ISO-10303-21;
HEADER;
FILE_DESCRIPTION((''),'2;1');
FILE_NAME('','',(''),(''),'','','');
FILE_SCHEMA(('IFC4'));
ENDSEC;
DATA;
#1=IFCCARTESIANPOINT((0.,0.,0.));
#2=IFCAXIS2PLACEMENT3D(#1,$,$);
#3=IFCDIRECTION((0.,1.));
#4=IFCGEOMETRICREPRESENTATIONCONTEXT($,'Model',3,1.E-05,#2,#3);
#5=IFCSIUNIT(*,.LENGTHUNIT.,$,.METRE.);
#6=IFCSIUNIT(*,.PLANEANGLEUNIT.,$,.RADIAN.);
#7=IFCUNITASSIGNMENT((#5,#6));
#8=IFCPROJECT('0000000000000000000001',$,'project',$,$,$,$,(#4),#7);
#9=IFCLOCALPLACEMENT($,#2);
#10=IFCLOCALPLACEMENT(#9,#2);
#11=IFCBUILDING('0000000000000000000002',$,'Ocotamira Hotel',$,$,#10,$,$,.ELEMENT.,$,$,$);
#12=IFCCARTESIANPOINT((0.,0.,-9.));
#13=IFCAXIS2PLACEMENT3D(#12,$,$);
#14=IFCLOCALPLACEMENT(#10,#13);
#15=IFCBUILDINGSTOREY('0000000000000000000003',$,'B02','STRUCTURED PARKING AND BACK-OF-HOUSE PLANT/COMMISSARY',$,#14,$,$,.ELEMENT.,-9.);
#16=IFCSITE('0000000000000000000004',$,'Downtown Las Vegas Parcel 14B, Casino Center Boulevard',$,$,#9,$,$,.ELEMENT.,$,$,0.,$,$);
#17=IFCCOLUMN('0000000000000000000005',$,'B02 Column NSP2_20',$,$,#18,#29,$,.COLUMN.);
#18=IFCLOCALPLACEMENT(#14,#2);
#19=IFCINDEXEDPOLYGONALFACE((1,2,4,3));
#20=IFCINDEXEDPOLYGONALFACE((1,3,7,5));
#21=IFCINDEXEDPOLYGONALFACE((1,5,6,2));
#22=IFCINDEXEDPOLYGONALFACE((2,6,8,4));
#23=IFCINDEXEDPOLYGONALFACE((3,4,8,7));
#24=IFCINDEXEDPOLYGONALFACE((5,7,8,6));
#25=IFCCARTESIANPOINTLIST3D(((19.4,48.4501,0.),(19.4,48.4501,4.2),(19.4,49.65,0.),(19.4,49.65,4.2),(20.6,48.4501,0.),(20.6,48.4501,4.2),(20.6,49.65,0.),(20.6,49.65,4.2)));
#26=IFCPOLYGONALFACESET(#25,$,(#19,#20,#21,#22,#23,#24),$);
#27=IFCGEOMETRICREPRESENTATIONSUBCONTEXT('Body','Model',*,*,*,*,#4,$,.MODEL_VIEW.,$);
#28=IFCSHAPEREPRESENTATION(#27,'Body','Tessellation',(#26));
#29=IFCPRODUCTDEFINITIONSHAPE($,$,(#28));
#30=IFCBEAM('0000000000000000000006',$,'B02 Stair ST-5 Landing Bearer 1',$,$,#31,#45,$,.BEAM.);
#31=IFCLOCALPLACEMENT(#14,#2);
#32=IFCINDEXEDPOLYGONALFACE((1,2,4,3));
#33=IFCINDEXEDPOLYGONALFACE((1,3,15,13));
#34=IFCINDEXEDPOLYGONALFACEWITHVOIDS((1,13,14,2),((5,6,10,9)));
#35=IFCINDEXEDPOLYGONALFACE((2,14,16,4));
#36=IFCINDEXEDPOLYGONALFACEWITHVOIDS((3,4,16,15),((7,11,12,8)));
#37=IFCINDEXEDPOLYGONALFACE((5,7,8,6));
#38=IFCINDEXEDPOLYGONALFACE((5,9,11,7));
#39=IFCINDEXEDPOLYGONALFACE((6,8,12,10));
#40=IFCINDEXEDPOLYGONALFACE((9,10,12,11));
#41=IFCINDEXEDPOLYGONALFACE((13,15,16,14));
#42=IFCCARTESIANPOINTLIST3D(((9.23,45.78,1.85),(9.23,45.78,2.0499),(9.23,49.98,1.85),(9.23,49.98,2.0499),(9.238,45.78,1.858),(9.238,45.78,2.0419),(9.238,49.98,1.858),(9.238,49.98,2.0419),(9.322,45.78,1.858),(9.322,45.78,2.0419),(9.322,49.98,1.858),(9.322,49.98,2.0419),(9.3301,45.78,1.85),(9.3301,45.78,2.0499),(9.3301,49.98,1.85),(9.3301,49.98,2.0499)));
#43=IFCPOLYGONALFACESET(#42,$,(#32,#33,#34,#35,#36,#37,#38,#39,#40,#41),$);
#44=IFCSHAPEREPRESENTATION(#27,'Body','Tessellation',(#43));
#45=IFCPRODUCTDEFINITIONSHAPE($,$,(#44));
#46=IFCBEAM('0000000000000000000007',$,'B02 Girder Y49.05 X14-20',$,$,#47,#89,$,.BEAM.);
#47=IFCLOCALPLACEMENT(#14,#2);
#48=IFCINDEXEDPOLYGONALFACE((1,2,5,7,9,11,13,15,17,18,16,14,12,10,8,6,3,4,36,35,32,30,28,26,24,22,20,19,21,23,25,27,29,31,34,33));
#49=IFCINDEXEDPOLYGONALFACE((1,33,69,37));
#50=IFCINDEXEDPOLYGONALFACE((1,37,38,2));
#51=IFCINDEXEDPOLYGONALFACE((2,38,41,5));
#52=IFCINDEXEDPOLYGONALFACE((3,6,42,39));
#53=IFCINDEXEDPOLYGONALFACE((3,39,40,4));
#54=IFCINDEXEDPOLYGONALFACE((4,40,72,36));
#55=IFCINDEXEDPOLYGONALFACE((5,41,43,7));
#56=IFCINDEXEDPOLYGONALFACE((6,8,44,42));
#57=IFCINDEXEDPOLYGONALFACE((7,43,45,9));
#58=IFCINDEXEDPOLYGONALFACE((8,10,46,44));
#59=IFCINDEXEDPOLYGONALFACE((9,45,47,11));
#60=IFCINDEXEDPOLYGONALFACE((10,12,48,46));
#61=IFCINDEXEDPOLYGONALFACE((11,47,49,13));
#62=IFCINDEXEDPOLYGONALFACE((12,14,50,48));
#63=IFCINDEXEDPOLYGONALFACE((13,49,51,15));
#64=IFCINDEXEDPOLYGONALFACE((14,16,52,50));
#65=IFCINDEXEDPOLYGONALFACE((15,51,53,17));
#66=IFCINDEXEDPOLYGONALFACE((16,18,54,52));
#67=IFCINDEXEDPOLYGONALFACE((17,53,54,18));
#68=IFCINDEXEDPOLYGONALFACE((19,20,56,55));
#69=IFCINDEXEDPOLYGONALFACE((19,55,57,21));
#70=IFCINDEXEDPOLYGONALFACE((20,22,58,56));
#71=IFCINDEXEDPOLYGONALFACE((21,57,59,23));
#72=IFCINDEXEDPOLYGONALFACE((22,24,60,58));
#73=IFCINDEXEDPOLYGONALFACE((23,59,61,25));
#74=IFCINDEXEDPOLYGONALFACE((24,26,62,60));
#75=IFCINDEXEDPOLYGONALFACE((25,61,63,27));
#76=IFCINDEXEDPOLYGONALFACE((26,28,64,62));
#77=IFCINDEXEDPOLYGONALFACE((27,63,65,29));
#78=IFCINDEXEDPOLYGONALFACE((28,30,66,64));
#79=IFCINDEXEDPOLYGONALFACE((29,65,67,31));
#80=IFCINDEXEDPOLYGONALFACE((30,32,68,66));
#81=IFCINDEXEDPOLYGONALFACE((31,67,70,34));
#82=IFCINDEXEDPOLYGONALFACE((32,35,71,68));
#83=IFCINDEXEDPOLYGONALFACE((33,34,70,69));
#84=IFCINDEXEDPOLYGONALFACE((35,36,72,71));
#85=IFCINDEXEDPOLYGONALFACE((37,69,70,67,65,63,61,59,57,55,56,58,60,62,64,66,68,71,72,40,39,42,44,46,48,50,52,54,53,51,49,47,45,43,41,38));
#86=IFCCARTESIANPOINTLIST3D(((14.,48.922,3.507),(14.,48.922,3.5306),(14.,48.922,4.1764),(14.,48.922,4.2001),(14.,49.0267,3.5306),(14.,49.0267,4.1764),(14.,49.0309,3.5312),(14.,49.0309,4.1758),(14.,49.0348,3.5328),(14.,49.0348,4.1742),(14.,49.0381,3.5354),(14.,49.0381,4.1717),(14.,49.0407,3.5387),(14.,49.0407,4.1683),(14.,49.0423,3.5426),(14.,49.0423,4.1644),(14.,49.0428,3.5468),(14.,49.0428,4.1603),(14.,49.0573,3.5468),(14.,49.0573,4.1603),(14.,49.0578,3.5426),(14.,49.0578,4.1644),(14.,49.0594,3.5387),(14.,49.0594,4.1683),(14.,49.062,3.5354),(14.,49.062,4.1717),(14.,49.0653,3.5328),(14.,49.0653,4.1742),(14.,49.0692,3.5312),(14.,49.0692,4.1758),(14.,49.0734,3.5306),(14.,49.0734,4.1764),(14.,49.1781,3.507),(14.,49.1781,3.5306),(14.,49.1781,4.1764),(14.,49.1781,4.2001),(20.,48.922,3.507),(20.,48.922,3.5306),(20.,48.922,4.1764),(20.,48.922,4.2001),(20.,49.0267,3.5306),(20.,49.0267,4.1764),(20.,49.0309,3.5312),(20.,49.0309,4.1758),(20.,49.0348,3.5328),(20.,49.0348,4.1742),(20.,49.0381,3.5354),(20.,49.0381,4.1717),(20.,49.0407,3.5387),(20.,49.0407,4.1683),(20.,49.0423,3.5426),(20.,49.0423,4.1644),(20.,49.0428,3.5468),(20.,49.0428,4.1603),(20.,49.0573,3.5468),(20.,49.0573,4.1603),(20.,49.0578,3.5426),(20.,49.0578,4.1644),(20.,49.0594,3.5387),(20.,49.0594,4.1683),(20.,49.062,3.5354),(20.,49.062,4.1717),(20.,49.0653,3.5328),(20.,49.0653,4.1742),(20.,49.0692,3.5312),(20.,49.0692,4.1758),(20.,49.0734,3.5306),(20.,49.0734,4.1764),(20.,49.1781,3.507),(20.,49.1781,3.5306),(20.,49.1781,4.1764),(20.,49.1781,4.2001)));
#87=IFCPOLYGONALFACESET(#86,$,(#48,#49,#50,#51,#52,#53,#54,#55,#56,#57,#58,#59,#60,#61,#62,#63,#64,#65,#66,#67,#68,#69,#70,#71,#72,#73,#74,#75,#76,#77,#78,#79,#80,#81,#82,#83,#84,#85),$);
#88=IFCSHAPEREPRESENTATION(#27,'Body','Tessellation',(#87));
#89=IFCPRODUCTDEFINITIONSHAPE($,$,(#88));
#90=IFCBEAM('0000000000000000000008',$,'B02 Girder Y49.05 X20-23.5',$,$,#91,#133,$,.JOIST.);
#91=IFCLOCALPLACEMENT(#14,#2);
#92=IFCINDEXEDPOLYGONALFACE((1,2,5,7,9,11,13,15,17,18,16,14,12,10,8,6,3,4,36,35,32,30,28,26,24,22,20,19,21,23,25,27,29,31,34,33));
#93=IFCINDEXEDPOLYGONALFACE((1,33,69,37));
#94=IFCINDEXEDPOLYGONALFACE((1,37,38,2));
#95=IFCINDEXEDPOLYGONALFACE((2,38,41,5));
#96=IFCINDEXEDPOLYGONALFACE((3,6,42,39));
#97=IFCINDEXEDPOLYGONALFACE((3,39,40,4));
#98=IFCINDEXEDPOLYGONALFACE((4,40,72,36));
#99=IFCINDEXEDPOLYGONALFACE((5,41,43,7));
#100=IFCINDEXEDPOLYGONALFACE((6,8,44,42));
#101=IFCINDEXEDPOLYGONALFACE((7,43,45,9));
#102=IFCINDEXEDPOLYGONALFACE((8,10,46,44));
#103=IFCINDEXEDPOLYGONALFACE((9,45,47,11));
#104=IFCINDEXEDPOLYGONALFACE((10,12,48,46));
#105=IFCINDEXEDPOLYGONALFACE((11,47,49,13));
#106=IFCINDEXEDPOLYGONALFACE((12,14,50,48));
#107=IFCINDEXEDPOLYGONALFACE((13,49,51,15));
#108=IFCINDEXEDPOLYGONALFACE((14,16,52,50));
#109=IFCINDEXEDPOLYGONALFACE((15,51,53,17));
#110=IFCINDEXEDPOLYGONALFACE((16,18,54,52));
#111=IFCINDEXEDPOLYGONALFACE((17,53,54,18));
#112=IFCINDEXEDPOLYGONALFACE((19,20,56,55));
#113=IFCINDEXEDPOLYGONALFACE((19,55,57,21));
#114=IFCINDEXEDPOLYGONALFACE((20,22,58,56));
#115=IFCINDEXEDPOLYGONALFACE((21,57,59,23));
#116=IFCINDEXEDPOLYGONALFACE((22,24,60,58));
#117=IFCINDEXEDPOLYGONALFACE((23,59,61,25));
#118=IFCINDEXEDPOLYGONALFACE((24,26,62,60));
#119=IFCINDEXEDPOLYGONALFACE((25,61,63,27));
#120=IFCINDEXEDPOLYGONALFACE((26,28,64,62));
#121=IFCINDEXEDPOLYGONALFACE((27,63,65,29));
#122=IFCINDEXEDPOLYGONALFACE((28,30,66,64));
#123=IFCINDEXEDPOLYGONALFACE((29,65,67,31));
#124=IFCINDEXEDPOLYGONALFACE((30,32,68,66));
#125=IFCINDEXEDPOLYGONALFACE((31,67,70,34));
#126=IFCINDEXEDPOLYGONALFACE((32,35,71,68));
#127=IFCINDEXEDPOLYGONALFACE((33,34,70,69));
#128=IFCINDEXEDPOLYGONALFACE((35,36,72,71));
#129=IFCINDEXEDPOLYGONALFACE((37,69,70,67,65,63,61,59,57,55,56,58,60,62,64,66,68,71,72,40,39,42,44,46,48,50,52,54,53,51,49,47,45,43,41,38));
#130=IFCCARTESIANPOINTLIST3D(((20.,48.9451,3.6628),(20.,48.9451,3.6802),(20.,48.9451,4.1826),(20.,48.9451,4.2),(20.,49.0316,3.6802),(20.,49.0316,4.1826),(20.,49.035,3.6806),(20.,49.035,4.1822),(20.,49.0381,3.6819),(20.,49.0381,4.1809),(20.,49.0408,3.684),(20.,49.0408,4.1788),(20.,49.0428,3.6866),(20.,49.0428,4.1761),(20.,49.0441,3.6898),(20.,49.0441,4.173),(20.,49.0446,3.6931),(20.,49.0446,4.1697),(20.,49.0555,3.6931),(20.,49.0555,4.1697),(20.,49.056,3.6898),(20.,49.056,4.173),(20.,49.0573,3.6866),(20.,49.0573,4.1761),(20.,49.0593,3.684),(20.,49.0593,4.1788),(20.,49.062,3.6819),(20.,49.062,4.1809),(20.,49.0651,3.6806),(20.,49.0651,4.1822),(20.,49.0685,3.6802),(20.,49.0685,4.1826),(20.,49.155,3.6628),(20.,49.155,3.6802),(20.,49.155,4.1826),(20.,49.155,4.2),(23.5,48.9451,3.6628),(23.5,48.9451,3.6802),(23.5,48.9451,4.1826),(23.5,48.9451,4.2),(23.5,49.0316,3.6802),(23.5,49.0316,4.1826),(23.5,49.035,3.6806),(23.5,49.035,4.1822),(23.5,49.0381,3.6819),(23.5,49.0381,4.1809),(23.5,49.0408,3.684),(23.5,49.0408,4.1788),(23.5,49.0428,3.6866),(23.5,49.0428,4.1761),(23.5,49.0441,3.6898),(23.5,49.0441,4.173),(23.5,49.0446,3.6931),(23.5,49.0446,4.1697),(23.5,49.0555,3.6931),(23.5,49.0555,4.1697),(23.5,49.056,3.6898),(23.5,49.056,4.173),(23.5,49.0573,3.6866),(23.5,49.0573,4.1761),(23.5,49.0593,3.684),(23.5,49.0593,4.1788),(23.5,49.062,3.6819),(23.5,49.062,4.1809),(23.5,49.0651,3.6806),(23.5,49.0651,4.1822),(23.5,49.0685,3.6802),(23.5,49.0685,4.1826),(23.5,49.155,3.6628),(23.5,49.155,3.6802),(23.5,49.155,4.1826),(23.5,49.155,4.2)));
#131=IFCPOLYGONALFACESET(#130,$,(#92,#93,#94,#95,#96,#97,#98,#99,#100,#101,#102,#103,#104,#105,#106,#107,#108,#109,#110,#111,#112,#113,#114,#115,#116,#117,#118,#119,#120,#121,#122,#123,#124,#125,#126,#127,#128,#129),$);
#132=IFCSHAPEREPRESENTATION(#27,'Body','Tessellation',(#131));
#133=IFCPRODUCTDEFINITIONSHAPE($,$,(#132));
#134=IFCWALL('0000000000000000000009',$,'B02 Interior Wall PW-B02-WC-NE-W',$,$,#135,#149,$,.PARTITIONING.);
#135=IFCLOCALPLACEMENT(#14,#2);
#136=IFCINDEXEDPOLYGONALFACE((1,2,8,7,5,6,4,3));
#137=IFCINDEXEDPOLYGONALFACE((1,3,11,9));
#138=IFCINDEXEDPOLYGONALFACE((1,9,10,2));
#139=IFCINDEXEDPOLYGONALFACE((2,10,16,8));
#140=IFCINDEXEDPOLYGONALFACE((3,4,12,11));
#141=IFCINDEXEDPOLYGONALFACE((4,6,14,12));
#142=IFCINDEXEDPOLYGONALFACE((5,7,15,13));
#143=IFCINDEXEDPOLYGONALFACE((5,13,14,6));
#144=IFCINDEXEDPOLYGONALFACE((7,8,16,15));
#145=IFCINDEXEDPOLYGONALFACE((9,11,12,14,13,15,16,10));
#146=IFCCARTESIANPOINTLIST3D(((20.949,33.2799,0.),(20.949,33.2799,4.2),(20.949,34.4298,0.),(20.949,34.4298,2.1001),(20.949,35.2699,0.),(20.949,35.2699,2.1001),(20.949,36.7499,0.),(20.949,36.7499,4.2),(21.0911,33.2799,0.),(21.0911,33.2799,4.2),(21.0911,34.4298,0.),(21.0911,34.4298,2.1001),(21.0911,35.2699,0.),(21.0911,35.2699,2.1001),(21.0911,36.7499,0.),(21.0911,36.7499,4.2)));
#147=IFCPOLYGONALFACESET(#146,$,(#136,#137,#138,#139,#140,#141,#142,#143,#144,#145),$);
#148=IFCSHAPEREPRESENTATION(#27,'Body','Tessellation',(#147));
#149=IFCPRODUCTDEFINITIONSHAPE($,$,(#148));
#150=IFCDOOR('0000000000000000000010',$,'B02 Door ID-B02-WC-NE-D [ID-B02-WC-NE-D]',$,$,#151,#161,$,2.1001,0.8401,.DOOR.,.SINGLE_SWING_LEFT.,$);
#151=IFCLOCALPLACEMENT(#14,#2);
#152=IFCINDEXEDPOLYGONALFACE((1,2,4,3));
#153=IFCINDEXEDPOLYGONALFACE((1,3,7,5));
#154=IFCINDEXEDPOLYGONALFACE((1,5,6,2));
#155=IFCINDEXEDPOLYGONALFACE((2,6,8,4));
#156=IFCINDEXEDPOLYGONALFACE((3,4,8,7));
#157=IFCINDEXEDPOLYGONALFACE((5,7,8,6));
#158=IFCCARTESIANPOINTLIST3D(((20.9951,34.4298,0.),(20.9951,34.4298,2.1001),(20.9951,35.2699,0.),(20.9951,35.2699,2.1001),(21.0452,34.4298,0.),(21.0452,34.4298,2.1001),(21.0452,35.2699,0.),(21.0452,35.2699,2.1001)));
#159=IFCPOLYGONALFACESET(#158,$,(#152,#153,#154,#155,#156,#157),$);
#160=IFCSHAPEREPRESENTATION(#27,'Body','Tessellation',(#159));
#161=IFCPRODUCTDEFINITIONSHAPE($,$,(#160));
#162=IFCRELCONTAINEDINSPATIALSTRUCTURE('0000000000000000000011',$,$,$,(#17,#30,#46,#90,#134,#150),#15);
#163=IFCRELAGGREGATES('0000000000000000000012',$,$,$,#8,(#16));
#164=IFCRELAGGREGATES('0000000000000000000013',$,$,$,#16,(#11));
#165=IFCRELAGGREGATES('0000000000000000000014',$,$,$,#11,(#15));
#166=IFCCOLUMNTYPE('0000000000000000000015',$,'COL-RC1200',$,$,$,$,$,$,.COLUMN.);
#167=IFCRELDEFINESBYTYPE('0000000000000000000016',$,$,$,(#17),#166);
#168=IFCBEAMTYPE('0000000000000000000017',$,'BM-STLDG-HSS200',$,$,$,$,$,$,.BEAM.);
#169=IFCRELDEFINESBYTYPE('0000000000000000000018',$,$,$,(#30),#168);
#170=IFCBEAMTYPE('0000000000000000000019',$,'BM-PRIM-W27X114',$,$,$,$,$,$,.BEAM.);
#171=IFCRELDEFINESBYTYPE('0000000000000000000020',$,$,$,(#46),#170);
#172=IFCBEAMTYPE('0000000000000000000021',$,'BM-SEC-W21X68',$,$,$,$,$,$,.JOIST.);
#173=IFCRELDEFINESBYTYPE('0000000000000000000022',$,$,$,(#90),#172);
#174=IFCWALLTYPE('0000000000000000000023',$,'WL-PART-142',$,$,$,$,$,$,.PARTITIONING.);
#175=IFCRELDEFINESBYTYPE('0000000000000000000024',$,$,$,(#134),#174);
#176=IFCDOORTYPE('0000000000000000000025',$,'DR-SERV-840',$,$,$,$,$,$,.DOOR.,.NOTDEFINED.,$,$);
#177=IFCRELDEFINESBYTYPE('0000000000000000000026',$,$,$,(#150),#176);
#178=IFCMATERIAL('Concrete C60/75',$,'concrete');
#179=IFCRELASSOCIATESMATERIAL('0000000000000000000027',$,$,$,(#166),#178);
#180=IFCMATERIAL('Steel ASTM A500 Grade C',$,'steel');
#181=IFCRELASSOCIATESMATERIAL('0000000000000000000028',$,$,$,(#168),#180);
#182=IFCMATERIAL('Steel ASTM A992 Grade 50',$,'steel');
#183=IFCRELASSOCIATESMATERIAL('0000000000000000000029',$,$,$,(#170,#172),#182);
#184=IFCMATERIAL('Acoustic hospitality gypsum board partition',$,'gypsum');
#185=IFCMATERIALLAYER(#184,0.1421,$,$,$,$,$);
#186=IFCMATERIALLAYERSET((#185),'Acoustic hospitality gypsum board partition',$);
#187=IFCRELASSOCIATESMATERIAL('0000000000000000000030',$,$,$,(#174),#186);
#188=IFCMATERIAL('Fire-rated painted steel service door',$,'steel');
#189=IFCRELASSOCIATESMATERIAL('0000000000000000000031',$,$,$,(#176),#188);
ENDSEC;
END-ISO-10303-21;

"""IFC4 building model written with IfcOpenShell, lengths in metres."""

from ifc_helpers import new_model, si_unit, direction, frame, frame_2d, origin, origin_2d, place, context, subcontext, project, spatial, rectangle, hollow_rectangle, i_section, extrude, source, transform, mapped, material, layer, layer_set, material_profile, profile_set, type_object, element, fill, save


model = new_model("IFC4")

# Units and contexts
model_context = context("Model", 3, precision=1e-05, world=origin(), true_north=direction((0.0, 1.0)))
body_context = subcontext(model_context, "Body", "Model", "MODEL_VIEW")
ifc_project = project(units=[si_unit("LENGTHUNIT", "METRE"), si_unit("PLANEANGLEUNIT", "RADIAN")], contexts=[model_context])

# Site, building, storey
site_placement = place(None, origin())
site = spatial("IfcSite", under=ifc_project, at=site_placement, Name="Downtown Las Vegas Parcel 14B, Casino Center Boulevard", CompositionType="ELEMENT", RefElevation=0.0)
building_placement = place(site_placement, origin())
building = spatial("IfcBuilding", under=site, at=building_placement, Name="Ocotamira Hotel", CompositionType="ELEMENT")
storey_placement = place(building_placement, frame((0.0, 0.0, -9.0)))
storey = spatial("IfcBuildingStorey", under=building, at=storey_placement, Name="B02", Description="STRUCTURED PARKING AND BACK-OF-HOUSE PLANT/COMMISSARY", CompositionType="ELEMENT", Elevation=-9.0)

# Column
ifc_material_1 = material(Name="Concrete C60/75", Category="concrete")
ifc_material_profile_1 = material_profile(ifc_material_1, rectangle(XDim=1.2, YDim=1.2, at=origin_2d()), Name="RC1200X1200")
ifc_profile_set_1 = profile_set([ifc_material_profile_1], Name="Concrete C60/75")
column_type = type_object("IfcColumnType", Name="COL-RC1200", PredefinedType="COLUMN", material=ifc_profile_set_1)
shared_shape_1 = source(origin(), body_context, "Body", "SweptSolid", [
    extrude(rectangle(XDim=1.2, YDim=1.2, at=origin_2d()), origin(), (0.0, 0.0, 1.0), 4.2),
])
for number, where, z_axis, x_axis, name in (
    (1, (20.0, 49.05, 0.0), (0.0, 0.0, 1.0), (1.0, 0.0, 0.0), "B02 Column NSP2_20"),
):
    element("IfcColumn", number, at=place(storey_placement, frame(where, z_axis=z_axis, x_axis=x_axis)), inside=storey, type_object=column_type, Name=name, PredefinedType="COLUMN", context=body_context, shape_type="MappedRepresentation", body=[
        mapped(shared_shape_1, transform((0.0, 0.0, 0.0), scale=1.0)),
    ])

# Beams
ifc_material_2 = material(Name="Steel ASTM A500 Grade C", Category="steel")
ifc_material_profile_2 = material_profile(ifc_material_2, hollow_rectangle(XDim=0.1001, YDim=0.2, WallThickness=0.0081, at=origin_2d()), Name="HSS200X100X8")
ifc_profile_set_2 = profile_set([ifc_material_profile_2], Name="Steel ASTM A500 Grade C")
beam_type_1 = type_object("IfcBeamType", Name="BM-STLDG-HSS200", PredefinedType="BEAM", material=ifc_profile_set_2)
shared_shape_2 = source(origin(), body_context, "Body", "SweptSolid", [
    extrude(hollow_rectangle(XDim=0.1001, YDim=0.2, WallThickness=0.0081, at=origin_2d()), origin(), (0.0, 0.0, 1.0), 4.2),
])
beam_1_placement = place(storey_placement, frame((9.28, 45.78, 1.95), z_axis=(0.0, 1.0, 0.0), x_axis=(-1.0, 0.0, 0.0)))
element("IfcBeam", 2, at=beam_1_placement, inside=storey, type_object=beam_type_1, Name="B02 Stair ST-5 Landing Bearer 1", PredefinedType="BEAM", context=body_context, shape_type="MappedRepresentation", body=[
    mapped(shared_shape_2, transform((0.0, 0.0, 0.0), scale=1.0)),
])
ifc_material_3 = material(Name="Steel ASTM A992 Grade 50", Category="steel")
ifc_material_profile_3 = material_profile(ifc_material_3, i_section(OverallWidth=0.2561, OverallDepth=0.6931, WebThickness=0.0144, FlangeThickness=0.0237, FilletRadius=0.0161, at=origin_2d()), Name="W27X114")
ifc_profile_set_3 = profile_set([ifc_material_profile_3], Name="Steel ASTM A992 Grade 50")
beam_type_2 = type_object("IfcBeamType", Name="BM-PRIM-W27X114", PredefinedType="BEAM", material=ifc_profile_set_3)
shared_shape_3 = source(origin(), body_context, "Body", "SweptSolid", [
    extrude(i_section(OverallWidth=0.2561, OverallDepth=0.6931, WebThickness=0.0144, FlangeThickness=0.0237, FilletRadius=0.0161, at=origin_2d()), origin(), (0.0, 0.0, 1.0), 6.0),
])
beam_2_placement = place(storey_placement, frame((14.0, 49.05, 3.8535), z_axis=(1.0, 0.0, 0.0), x_axis=(0.0, 1.0, 0.0)))
element("IfcBeam", 3, at=beam_2_placement, inside=storey, type_object=beam_type_2, Name="B02 Girder Y49.05 X14-20", PredefinedType="BEAM", context=body_context, shape_type="MappedRepresentation", body=[
    mapped(shared_shape_3, transform((0.0, 0.0, 0.0), scale=1.0)),
])
ifc_material_profile_4 = material_profile(ifc_material_3, i_section(OverallWidth=0.21, OverallDepth=0.5371, WebThickness=0.011, FlangeThickness=0.0173, FilletRadius=0.0129, at=origin_2d()), Name="W21X68")
ifc_profile_set_4 = profile_set([ifc_material_profile_4], Name="Steel ASTM A992 Grade 50")
beam_type_3 = type_object("IfcBeamType", Name="BM-SEC-W21X68", PredefinedType="JOIST", material=ifc_profile_set_4)
shared_shape_4 = source(origin(), body_context, "Body", "SweptSolid", [
    extrude(i_section(OverallWidth=0.21, OverallDepth=0.5371, WebThickness=0.011, FlangeThickness=0.0173, FilletRadius=0.0129, at=origin_2d()), origin(), (0.0, 0.0, 1.0), 3.5),
])
beam_3_placement = place(storey_placement, frame((20.0, 49.05, 3.9314), z_axis=(1.0, 0.0, 0.0), x_axis=(0.0, 1.0, 0.0)))
element("IfcBeam", 4, at=beam_3_placement, inside=storey, type_object=beam_type_3, Name="B02 Girder Y49.05 X20-23.5", PredefinedType="JOIST", context=body_context, shape_type="MappedRepresentation", body=[
    mapped(shared_shape_4, transform((0.0, 0.0, 0.0), scale=1.0)),
])

# Wall, opening, door
ifc_material_4 = material(Name="Acoustic hospitality gypsum board partition", Category="gypsum")
ifc_layer_1 = layer(ifc_material_4, 0.1421)
ifc_layer_set_1 = layer_set([ifc_layer_1], Name="Acoustic hospitality gypsum board partition")
wall_type_1 = type_object("IfcWallType", Name="WL-PART-142", PredefinedType="PARTITIONING", material=ifc_layer_set_1)
wall_1_placement = place(storey_placement, frame((21.02, 33.28, 0.0), z_axis=(0.0, 0.0, 1.0), x_axis=(0.0, 1.0, 0.0)))
wall_1 = element("IfcWall", 5, at=wall_1_placement, inside=storey, type_object=wall_type_1, Name="B02 Interior Wall PW-B02-WC-NE-W", PredefinedType="PARTITIONING", context=body_context, shape_type="SweptSolid", body=[
    extrude(rectangle(XDim=3.47, YDim=0.1421, at=frame_2d((1.7349, 0.0))), origin(), (0.0, 0.0, 1.0), 4.2),
])
opening_1_placement = place(wall_1_placement, frame((1.1499, 0.0, 0.0)))
opening_1 = element("IfcOpeningElement", 6, at=opening_1_placement, cuts=wall_1, PredefinedType="OPENING", context=body_context, shape_type="SweptSolid", body=[
    extrude(rectangle(XDim=0.8401, YDim=2.1001, at=frame_2d((0.4199, 1.05))), frame((0.0, 0.0811, 0.0), z_axis=(0.0, -1.0, 0.0), x_axis=(1.0, 0.0, 0.0)), (0.0, 0.0, 1.0), 0.1621),
])
ifc_material_5 = material(Name="Fire-rated painted steel service door", Category="steel")
door_type_1 = type_object("IfcDoorType", Name="DR-SERV-840", OperationType="NOTDEFINED", PredefinedType="DOOR", material=ifc_material_5)
shared_shape_5 = source(origin(), body_context, "Body", "SweptSolid", [
    extrude(rectangle(XDim=0.8401, YDim=2.1001, at=frame_2d((0.4199, 1.05))), frame((0.0, 0.0249, 0.0), z_axis=(0.0, -1.0, 0.0), x_axis=(1.0, 0.0, 0.0)), (0.0, 0.0, 1.0), 0.05),
])
door_1_placement = place(opening_1_placement, origin())
door_1 = element("IfcDoor", 7, at=door_1_placement, inside=storey, type_object=door_type_1, Name="B02 Door ID-B02-WC-NE-D [ID-B02-WC-NE-D]", OperationType="SINGLE_SWING_LEFT", OverallHeight=2.1001, OverallWidth=0.8401, PredefinedType="DOOR", context=body_context, shape_type="MappedRepresentation", body=[
    mapped(shared_shape_5, transform((0.0, 0.0, 0.0), scale=1.0)),
])
fill(opening_1, door_1)

save(model, "model.ifc")
